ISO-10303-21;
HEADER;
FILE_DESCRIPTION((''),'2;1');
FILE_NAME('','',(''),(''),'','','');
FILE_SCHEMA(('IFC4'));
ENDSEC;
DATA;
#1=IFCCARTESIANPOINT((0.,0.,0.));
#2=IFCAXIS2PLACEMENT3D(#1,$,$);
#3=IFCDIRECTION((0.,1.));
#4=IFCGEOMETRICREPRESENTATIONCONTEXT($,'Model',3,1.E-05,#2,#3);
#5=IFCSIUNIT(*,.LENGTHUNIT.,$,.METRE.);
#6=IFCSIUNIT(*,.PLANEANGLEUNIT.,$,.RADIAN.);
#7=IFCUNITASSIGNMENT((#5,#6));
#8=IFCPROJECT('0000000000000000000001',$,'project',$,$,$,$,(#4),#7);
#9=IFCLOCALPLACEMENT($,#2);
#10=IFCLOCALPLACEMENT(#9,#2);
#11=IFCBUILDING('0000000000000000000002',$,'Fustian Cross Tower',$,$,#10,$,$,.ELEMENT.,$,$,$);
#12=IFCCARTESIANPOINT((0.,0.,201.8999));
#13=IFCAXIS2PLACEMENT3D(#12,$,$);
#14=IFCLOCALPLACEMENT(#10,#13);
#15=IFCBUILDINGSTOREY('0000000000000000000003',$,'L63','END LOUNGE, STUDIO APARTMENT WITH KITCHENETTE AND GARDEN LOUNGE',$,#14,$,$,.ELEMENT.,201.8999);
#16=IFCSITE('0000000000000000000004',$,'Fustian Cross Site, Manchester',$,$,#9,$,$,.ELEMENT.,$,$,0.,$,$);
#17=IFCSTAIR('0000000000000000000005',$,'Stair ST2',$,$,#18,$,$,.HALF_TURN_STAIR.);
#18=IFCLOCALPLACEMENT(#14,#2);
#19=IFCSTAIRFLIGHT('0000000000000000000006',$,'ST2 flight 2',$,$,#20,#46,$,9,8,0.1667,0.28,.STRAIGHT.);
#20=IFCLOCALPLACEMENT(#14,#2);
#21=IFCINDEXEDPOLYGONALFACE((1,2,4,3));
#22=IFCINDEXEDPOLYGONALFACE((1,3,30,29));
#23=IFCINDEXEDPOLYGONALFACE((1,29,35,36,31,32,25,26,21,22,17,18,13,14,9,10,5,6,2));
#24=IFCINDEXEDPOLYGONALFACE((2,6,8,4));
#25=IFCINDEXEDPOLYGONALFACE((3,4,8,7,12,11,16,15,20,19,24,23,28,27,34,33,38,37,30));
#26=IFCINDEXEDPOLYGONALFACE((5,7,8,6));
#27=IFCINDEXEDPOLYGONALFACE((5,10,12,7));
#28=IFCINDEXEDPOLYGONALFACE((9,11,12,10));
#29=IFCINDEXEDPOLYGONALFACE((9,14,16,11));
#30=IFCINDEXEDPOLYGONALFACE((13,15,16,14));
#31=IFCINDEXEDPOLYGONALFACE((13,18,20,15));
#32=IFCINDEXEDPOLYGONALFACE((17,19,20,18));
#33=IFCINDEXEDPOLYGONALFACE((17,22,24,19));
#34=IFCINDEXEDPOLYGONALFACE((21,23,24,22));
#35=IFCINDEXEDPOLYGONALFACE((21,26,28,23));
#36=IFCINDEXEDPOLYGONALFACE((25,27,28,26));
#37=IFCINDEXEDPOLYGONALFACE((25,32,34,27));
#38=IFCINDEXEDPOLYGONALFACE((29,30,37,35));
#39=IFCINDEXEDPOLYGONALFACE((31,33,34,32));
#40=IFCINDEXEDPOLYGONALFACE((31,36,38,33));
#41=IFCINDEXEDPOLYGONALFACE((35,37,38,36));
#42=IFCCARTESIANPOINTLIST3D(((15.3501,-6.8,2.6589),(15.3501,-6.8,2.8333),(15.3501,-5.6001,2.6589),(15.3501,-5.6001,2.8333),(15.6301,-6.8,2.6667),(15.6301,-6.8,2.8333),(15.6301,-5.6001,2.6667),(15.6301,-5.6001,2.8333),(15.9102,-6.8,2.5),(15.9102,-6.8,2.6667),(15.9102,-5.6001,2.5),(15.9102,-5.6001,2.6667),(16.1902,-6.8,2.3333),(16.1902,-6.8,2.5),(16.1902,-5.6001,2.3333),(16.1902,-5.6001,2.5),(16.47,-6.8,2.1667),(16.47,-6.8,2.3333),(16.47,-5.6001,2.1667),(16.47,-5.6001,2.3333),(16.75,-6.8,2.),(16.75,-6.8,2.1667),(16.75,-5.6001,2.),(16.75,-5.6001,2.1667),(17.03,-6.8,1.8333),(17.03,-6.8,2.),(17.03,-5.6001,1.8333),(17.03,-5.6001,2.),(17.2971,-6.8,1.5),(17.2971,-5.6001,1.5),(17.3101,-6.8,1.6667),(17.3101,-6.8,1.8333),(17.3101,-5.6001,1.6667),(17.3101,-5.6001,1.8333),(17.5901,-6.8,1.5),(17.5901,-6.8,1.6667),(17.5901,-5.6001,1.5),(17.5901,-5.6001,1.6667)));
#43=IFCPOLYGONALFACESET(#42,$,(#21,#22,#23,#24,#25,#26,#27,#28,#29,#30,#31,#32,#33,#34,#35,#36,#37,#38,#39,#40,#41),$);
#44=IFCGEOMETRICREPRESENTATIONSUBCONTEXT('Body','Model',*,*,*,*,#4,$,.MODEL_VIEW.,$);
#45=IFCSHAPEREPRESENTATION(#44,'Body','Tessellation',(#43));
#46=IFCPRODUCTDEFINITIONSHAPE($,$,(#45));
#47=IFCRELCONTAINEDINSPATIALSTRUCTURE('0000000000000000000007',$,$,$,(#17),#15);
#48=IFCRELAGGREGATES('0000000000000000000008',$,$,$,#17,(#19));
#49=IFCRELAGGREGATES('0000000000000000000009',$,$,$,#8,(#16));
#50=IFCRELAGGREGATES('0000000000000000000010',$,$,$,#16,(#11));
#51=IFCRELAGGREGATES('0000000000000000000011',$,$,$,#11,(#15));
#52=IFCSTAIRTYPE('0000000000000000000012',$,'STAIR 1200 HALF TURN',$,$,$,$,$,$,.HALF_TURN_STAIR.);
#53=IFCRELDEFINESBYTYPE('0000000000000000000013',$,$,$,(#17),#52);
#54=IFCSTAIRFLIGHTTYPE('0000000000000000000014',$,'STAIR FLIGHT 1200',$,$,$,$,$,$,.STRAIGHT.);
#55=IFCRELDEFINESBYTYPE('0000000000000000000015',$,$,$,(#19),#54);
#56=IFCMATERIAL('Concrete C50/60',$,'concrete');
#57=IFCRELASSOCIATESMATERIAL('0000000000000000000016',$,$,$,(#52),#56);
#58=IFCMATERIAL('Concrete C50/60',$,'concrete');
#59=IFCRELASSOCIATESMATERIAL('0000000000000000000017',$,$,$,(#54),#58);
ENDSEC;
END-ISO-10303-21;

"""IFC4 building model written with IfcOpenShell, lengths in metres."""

from ifc_helpers import new_model, si_unit, direction, frame, origin, place, context, subcontext, project, spatial, polyline, outline, extrude, material, type_object, element, aggregate, save


model = new_model("IFC4")

# Units and contexts
model_context = context("Model", 3, precision=1e-05, world=origin(), true_north=direction((0.0, 1.0)))
body_context = subcontext(model_context, "Body", "Model", "MODEL_VIEW")
ifc_project = project(units=[si_unit("LENGTHUNIT", "METRE"), si_unit("PLANEANGLEUNIT", "RADIAN")], contexts=[model_context])

# Site, building, storey
site_placement = place(None, origin())
site = spatial("IfcSite", under=ifc_project, at=site_placement, Name="Fustian Cross Site, Manchester", CompositionType="ELEMENT", RefElevation=0.0)
building_placement = place(site_placement, origin())
building = spatial("IfcBuilding", under=site, at=building_placement, Name="Fustian Cross Tower", CompositionType="ELEMENT")
storey_placement = place(building_placement, frame((0.0, 0.0, 201.8999)))
storey = spatial("IfcBuildingStorey", under=building, at=storey_placement, Name="L63", Description="END LOUNGE, STUDIO APARTMENT WITH KITCHENETTE AND GARDEN LOUNGE", CompositionType="ELEMENT", Elevation=201.8999)

# Stair, stair flight
ifc_material_1 = material(Name="Concrete C50/60", Category="concrete")
stair_type = type_object("IfcStairType", Name="STAIR 1200 HALF TURN", PredefinedType="HALF_TURN_STAIR", material=ifc_material_1)
stair_placement = place(storey_placement, origin())
stair = element("IfcStair", 1, at=stair_placement, inside=storey, type_object=stair_type, Name="Stair ST2", PredefinedType="HALF_TURN_STAIR")
ifc_material_2 = material(Name="Concrete C50/60", Category="concrete")
stair_flight_type = type_object("IfcStairFlightType", Name="STAIR FLIGHT 1200", PredefinedType="STRAIGHT", material=ifc_material_2)
stair_flight_1_placement = place(storey_placement, frame((17.5901, -6.2, 1.5), z_axis=(0.0, 0.0, 1.0), x_axis=(-1.0, 0.0, 0.0)))
stair_flight_1 = element("IfcStairFlight", 2, at=stair_flight_1_placement, type_object=stair_flight_type, Name="ST2 flight 2", NumberOfRisers=9, NumberOfTreads=8, PredefinedType="STRAIGHT", RiserHeight=0.1667, TreadLength=0.28, context=body_context, shape_type="SweptSolid", body=[
    extrude(outline(polyline([(0.0, 0.0), (0.0, 0.1667), (0.28, 0.1667), (0.28, 0.3333), (0.5601, 0.3333), (0.5601, 0.5), (0.8401, 0.5), (0.8401, 0.6667), (1.1201, 0.6667), (1.1201, 0.8333), (1.3999, 0.8333), (1.3999, 1.0), (1.6799, 1.0), (1.6799, 1.1667), (1.96, 1.1667), (1.96, 1.3333), (2.24, 1.3333), (2.24, 1.5), (2.24, 1.1589), (0.293, 0.0), (0.0, 0.0)])), frame((0.0, 0.6001, 0.0), z_axis=(0.0, -1.0, 0.0), x_axis=(1.0, 0.0, 0.0)), (0.0, 0.0, 1.0), 1.2),
])
aggregate(stair, [stair_flight_1])

save(model, "model.ifc")
